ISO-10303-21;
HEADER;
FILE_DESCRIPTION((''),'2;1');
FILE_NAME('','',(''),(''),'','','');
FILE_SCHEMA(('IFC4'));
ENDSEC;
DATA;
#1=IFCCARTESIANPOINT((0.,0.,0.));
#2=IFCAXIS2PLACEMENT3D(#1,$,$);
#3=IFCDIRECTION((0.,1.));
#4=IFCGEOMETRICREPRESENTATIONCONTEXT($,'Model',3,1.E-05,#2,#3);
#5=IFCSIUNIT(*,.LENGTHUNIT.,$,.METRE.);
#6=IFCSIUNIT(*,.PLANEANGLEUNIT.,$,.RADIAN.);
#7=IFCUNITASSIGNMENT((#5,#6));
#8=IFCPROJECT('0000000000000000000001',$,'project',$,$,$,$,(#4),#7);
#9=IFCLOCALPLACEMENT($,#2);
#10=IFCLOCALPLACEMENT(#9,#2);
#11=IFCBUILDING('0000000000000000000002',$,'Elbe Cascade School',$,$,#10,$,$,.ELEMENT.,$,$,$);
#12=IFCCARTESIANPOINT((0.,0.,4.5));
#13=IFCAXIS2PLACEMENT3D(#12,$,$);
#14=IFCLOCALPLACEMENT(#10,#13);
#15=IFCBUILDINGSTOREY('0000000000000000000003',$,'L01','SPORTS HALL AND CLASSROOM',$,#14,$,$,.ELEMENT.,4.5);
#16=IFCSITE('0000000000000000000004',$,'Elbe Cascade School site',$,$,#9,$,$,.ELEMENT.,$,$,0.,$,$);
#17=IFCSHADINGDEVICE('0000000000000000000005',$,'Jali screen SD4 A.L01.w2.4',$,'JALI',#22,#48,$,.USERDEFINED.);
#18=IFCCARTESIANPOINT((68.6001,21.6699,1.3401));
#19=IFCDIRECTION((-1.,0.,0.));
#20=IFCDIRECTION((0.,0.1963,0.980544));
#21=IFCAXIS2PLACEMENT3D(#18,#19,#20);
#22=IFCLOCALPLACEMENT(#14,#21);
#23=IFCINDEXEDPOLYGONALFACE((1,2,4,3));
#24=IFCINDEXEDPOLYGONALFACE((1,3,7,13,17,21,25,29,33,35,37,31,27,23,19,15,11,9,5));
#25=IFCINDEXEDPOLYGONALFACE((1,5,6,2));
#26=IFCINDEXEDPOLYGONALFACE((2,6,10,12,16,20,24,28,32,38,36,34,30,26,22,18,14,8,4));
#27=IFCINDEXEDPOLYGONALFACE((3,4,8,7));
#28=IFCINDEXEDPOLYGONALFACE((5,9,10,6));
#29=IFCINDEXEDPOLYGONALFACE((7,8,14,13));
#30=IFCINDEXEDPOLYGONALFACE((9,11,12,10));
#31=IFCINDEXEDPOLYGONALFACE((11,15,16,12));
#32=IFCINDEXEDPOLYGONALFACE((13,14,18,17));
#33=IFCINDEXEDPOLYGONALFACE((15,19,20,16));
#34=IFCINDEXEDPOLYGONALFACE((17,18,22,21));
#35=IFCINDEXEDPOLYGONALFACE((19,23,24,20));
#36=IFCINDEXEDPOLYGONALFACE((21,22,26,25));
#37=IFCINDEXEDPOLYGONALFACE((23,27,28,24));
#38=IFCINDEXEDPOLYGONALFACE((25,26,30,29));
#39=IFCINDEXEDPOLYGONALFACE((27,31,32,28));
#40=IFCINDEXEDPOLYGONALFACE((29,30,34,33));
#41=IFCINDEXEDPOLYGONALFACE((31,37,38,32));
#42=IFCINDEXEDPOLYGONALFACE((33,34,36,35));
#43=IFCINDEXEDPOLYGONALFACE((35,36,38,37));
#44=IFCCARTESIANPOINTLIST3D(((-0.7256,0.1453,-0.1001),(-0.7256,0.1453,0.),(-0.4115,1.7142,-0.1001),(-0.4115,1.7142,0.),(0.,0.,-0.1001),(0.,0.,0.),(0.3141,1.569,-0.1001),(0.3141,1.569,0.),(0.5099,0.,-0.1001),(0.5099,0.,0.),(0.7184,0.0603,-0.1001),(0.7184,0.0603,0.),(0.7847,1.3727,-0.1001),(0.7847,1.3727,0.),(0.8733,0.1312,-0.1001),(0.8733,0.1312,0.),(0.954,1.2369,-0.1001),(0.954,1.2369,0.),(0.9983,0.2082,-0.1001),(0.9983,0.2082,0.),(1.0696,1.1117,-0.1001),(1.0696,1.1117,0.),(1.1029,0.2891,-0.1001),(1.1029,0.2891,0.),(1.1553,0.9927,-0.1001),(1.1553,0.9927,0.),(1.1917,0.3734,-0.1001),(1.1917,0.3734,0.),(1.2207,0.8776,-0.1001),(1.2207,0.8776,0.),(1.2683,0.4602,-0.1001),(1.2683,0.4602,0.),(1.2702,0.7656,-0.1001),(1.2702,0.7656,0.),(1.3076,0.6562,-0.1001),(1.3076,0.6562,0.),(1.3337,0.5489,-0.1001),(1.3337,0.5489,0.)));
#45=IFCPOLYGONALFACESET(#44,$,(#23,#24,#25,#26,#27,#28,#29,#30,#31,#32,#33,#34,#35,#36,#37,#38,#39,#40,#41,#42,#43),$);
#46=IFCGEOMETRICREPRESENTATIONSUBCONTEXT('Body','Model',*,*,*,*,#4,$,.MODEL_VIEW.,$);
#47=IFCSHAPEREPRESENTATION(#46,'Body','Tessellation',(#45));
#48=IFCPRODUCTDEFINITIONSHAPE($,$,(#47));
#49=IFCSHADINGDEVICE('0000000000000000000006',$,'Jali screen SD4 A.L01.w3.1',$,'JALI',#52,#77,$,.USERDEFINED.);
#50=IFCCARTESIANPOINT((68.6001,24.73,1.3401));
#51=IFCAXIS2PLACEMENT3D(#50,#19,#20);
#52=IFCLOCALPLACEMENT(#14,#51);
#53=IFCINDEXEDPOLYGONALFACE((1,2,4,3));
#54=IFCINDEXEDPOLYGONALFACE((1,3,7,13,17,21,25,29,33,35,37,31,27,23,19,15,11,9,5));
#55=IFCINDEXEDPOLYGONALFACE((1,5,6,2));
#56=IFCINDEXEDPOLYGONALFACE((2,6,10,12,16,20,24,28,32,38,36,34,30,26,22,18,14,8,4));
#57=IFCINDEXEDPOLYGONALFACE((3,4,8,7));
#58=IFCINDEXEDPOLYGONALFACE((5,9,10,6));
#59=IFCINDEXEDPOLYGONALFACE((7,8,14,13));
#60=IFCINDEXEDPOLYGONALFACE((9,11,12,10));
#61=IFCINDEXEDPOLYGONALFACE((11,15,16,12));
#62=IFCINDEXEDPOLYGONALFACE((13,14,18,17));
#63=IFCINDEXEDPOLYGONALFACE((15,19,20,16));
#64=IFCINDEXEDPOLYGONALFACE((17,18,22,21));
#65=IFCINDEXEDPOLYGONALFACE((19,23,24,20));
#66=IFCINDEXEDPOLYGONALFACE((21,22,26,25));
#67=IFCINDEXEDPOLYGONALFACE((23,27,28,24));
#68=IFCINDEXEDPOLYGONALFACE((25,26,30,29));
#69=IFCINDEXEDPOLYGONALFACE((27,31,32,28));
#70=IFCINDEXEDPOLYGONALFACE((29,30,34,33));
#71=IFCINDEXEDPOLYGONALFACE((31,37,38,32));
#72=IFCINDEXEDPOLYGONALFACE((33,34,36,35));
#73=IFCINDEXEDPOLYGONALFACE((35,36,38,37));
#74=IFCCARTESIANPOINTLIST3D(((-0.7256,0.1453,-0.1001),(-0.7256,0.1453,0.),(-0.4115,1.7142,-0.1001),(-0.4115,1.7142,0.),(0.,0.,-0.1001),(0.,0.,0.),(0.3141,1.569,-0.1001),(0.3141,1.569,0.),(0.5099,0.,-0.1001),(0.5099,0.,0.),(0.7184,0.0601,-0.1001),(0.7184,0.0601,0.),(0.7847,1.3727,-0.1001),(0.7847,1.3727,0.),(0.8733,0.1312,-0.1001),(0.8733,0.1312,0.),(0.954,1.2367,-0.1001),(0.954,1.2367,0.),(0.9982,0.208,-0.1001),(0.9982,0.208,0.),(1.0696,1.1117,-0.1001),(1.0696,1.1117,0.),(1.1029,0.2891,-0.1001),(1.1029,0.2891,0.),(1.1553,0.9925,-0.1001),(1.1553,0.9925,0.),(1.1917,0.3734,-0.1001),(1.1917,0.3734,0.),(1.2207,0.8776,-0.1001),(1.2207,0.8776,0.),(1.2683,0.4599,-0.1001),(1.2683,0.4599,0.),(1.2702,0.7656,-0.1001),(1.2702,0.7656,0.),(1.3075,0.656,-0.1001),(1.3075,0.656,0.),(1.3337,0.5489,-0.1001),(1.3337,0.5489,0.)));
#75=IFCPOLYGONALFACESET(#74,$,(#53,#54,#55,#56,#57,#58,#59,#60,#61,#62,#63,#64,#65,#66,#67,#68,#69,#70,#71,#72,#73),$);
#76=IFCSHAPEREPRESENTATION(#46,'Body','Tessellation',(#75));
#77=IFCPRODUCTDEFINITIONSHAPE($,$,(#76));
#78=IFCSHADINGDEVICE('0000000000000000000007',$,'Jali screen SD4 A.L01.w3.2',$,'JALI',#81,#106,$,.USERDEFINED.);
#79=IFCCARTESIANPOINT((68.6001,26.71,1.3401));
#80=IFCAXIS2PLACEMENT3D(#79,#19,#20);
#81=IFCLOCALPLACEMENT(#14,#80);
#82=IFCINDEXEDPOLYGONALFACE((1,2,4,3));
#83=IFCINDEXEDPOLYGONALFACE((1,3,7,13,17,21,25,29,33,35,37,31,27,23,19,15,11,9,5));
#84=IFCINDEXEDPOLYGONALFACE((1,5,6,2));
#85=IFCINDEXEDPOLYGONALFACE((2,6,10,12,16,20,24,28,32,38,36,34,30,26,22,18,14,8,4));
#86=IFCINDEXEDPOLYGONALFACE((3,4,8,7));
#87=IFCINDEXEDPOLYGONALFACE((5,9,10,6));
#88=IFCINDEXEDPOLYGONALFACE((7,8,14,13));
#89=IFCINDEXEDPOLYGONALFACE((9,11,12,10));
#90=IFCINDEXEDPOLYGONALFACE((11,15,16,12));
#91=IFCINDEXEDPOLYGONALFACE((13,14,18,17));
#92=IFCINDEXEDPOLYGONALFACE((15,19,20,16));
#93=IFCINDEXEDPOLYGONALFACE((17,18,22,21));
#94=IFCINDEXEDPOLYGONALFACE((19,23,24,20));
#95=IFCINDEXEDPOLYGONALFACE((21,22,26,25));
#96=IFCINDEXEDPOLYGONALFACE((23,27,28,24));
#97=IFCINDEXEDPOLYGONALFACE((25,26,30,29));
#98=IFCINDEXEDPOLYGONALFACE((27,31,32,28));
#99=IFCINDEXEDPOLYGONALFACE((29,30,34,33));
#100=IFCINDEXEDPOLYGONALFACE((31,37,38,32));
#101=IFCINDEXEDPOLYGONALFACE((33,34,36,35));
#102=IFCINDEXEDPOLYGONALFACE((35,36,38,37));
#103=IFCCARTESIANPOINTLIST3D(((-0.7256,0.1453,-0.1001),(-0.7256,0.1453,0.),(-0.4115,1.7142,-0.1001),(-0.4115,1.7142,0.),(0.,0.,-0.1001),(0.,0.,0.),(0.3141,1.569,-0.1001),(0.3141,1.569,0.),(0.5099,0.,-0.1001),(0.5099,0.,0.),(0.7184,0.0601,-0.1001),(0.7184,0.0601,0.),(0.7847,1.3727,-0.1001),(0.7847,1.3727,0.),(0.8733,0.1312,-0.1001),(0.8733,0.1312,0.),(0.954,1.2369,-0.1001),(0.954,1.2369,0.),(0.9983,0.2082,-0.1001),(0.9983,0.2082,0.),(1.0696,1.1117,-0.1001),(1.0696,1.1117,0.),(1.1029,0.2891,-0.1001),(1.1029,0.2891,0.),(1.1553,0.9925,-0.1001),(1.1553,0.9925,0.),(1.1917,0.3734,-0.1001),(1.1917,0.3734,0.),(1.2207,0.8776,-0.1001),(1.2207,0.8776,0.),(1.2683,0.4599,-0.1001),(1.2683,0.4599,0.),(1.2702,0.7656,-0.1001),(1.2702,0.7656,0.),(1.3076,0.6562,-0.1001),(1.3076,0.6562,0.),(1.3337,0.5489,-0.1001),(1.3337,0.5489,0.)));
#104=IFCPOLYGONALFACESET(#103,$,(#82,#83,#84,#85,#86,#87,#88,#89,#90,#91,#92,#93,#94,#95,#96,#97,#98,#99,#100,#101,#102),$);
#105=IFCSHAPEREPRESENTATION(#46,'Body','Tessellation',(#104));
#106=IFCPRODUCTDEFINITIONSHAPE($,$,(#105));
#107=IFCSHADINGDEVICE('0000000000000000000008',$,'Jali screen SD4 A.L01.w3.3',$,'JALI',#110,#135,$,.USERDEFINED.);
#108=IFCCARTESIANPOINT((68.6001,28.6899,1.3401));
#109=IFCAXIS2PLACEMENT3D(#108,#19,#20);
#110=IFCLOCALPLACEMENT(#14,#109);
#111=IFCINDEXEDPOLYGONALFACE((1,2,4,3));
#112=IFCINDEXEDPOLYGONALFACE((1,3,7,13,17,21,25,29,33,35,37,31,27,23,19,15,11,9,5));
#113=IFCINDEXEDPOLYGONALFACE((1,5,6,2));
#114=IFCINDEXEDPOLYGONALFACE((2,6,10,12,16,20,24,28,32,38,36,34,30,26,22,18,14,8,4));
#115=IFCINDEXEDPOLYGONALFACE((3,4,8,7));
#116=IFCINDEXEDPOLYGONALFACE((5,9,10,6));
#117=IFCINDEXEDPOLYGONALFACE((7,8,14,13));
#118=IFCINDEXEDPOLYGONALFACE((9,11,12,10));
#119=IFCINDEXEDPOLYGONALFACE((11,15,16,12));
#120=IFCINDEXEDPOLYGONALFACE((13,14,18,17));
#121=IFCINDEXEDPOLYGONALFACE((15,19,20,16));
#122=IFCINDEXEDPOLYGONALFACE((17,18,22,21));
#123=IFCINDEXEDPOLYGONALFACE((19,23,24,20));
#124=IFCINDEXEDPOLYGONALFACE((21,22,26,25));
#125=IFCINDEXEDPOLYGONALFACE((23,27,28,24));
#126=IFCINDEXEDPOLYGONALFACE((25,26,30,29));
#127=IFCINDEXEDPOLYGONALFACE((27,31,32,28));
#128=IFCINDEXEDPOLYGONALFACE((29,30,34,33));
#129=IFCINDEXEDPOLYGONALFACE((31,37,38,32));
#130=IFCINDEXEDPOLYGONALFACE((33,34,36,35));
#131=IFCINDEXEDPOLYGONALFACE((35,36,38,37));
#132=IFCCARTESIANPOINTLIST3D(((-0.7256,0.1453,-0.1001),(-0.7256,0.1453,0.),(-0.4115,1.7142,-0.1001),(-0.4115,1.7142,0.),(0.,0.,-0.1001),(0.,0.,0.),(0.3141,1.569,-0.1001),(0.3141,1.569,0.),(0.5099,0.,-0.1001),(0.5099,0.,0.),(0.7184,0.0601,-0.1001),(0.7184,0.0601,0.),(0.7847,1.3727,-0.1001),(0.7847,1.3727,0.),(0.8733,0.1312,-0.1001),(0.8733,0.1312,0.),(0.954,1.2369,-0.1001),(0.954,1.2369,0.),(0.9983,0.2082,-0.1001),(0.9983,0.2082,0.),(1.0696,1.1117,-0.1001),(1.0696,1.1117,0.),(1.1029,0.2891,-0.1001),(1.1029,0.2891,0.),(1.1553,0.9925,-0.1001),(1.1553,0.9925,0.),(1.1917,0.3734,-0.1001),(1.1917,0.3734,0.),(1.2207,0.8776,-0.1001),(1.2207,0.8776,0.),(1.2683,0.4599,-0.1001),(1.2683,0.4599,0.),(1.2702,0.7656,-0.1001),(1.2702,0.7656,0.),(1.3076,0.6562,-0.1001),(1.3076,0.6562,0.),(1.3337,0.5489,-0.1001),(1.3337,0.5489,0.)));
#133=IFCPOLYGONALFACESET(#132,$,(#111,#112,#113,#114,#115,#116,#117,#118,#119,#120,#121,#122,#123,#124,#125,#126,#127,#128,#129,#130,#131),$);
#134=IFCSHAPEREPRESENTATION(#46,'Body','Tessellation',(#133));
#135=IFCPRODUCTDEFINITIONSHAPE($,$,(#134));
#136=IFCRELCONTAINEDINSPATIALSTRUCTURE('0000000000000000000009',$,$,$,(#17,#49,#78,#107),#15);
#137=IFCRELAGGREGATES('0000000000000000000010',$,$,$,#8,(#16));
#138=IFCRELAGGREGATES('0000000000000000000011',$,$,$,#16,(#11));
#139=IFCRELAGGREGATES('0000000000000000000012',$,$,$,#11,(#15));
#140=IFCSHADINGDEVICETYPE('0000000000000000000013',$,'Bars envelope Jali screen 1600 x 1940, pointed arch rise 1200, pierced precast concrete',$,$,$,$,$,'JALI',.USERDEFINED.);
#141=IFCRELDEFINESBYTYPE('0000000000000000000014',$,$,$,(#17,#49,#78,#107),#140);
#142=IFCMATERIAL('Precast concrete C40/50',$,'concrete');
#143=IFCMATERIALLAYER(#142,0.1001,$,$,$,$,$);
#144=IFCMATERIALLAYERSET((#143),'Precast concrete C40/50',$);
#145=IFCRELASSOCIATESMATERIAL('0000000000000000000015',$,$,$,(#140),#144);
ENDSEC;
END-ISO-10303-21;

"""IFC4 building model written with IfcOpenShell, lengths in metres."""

from ifc_helpers import new_model, si_unit, direction, frame, origin, place, context, subcontext, project, spatial, polyline, outline, extrude, material, layer, layer_set, type_object, element, save


model = new_model("IFC4")

# Units and contexts
model_context = context("Model", 3, precision=1e-05, world=origin(), true_north=direction((0.0, 1.0)))
body_context = subcontext(model_context, "Body", "Model", "MODEL_VIEW")
ifc_project = project(units=[si_unit("LENGTHUNIT", "METRE"), si_unit("PLANEANGLEUNIT", "RADIAN")], contexts=[model_context])

# Site, building, storey
site_placement = place(None, origin())
site = spatial("IfcSite", under=ifc_project, at=site_placement, Name="Elbe Cascade School site", CompositionType="ELEMENT", RefElevation=0.0)
building_placement = place(site_placement, origin())
building = spatial("IfcBuilding", under=site, at=building_placement, Name="Elbe Cascade School", CompositionType="ELEMENT")
storey_placement = place(building_placement, frame((0.0, 0.0, 4.5)))
storey = spatial("IfcBuildingStorey", under=building, at=storey_placement, Name="L01", Description="SPORTS HALL AND CLASSROOM", CompositionType="ELEMENT", Elevation=4.5)

# Shading devices
ifc_material_1 = material(Name="Precast concrete C40/50", Category="concrete")
ifc_layer_1 = layer(ifc_material_1, 0.1001)
ifc_layer_set_1 = layer_set([ifc_layer_1], Name="Precast concrete C40/50")
shading_device_type = type_object("IfcShadingDeviceType", Name="Bars envelope Jali screen 1600 x 1940, pointed arch rise 1200, pierced precast concrete", ElementType="JALI", PredefinedType="USERDEFINED", material=ifc_layer_set_1)
shading_device_1_placement = place(storey_placement, frame((68.6001, 21.6699, 1.3401), z_axis=(-1.0, 0.0, 0.0), x_axis=(0.0, 0.1963, 0.980544)))
element("IfcShadingDevice", 1, at=shading_device_1_placement, inside=storey, type_object=shading_device_type, Name="Jali screen SD4 A.L01.w2.4", ObjectType="JALI", PredefinedType="USERDEFINED", context=body_context, shape_type="SweptSolid", body=[
    extrude(outline(polyline([(0.0, 0.0), (0.5099, 0.0), (0.7184, 0.0603), (0.8733, 0.1312), (0.9983, 0.2082), (1.1029, 0.2891), (1.1917, 0.3734), (1.2683, 0.4602), (1.3337, 0.5489), (1.3076, 0.6562), (1.2702, 0.7656), (1.2207, 0.8776), (1.1553, 0.9927), (1.0696, 1.1117), (0.954, 1.2369), (0.7847, 1.3727), (0.3141, 1.569), (-0.4115, 1.7142), (-0.7256, 0.1453), (0.0, 0.0)])), origin(), (0.0, 0.0, -1.0), 0.1001),
])
shading_device_2_placement = place(storey_placement, frame((68.6001, 24.73, 1.3401), z_axis=(-1.0, 0.0, 0.0), x_axis=(0.0, 0.1963, 0.980544)))
element("IfcShadingDevice", 2, at=shading_device_2_placement, inside=storey, type_object=shading_device_type, Name="Jali screen SD4 A.L01.w3.1", ObjectType="JALI", PredefinedType="USERDEFINED", context=body_context, shape_type="SweptSolid", body=[
    extrude(outline(polyline([(0.0, 0.0), (0.5099, 0.0), (0.7184, 0.0601), (0.8733, 0.1312), (0.9982, 0.208), (1.1029, 0.2891), (1.1917, 0.3734), (1.2683, 0.4599), (1.3337, 0.5489), (1.3075, 0.656), (1.2702, 0.7656), (1.2207, 0.8776), (1.1553, 0.9925), (1.0696, 1.1117), (0.954, 1.2367), (0.7847, 1.3727), (0.3141, 1.569), (-0.4115, 1.7142), (-0.7256, 0.1453), (0.0, 0.0)])), origin(), (0.0, 0.0, -1.0), 0.1001),
])
for number, where, z_axis, x_axis, name in (
    (3, (68.6001, 26.71, 1.3401), (-1.0, 0.0, 0.0), (0.0, 0.1963, 0.980544), "Jali screen SD4 A.L01.w3.2"),
    (4, (68.6001, 28.6899, 1.3401), (-1.0, 0.0, 0.0), (0.0, 0.1963, 0.980544), "Jali screen SD4 A.L01.w3.3"),
):
    element("IfcShadingDevice", number, at=place(storey_placement, frame(where, z_axis=z_axis, x_axis=x_axis)), inside=storey, type_object=shading_device_type, Name=name, ObjectType="JALI", PredefinedType="USERDEFINED", context=body_context, shape_type="SweptSolid", body=[
        extrude(outline(polyline([(0.0, 0.0), (0.5099, 0.0), (0.7184, 0.0601), (0.8733, 0.1312), (0.9983, 0.2082), (1.1029, 0.2891), (1.1917, 0.3734), (1.2683, 0.4599), (1.3337, 0.5489), (1.3076, 0.6562), (1.2702, 0.7656), (1.2207, 0.8776), (1.1553, 0.9925), (1.0696, 1.1117), (0.954, 1.2369), (0.7847, 1.3727), (0.3141, 1.569), (-0.4115, 1.7142), (-0.7256, 0.1453), (0.0, 0.0)])), origin(), (0.0, 0.0, -1.0), 0.1001),
    ])

save(model, "model.ifc")
